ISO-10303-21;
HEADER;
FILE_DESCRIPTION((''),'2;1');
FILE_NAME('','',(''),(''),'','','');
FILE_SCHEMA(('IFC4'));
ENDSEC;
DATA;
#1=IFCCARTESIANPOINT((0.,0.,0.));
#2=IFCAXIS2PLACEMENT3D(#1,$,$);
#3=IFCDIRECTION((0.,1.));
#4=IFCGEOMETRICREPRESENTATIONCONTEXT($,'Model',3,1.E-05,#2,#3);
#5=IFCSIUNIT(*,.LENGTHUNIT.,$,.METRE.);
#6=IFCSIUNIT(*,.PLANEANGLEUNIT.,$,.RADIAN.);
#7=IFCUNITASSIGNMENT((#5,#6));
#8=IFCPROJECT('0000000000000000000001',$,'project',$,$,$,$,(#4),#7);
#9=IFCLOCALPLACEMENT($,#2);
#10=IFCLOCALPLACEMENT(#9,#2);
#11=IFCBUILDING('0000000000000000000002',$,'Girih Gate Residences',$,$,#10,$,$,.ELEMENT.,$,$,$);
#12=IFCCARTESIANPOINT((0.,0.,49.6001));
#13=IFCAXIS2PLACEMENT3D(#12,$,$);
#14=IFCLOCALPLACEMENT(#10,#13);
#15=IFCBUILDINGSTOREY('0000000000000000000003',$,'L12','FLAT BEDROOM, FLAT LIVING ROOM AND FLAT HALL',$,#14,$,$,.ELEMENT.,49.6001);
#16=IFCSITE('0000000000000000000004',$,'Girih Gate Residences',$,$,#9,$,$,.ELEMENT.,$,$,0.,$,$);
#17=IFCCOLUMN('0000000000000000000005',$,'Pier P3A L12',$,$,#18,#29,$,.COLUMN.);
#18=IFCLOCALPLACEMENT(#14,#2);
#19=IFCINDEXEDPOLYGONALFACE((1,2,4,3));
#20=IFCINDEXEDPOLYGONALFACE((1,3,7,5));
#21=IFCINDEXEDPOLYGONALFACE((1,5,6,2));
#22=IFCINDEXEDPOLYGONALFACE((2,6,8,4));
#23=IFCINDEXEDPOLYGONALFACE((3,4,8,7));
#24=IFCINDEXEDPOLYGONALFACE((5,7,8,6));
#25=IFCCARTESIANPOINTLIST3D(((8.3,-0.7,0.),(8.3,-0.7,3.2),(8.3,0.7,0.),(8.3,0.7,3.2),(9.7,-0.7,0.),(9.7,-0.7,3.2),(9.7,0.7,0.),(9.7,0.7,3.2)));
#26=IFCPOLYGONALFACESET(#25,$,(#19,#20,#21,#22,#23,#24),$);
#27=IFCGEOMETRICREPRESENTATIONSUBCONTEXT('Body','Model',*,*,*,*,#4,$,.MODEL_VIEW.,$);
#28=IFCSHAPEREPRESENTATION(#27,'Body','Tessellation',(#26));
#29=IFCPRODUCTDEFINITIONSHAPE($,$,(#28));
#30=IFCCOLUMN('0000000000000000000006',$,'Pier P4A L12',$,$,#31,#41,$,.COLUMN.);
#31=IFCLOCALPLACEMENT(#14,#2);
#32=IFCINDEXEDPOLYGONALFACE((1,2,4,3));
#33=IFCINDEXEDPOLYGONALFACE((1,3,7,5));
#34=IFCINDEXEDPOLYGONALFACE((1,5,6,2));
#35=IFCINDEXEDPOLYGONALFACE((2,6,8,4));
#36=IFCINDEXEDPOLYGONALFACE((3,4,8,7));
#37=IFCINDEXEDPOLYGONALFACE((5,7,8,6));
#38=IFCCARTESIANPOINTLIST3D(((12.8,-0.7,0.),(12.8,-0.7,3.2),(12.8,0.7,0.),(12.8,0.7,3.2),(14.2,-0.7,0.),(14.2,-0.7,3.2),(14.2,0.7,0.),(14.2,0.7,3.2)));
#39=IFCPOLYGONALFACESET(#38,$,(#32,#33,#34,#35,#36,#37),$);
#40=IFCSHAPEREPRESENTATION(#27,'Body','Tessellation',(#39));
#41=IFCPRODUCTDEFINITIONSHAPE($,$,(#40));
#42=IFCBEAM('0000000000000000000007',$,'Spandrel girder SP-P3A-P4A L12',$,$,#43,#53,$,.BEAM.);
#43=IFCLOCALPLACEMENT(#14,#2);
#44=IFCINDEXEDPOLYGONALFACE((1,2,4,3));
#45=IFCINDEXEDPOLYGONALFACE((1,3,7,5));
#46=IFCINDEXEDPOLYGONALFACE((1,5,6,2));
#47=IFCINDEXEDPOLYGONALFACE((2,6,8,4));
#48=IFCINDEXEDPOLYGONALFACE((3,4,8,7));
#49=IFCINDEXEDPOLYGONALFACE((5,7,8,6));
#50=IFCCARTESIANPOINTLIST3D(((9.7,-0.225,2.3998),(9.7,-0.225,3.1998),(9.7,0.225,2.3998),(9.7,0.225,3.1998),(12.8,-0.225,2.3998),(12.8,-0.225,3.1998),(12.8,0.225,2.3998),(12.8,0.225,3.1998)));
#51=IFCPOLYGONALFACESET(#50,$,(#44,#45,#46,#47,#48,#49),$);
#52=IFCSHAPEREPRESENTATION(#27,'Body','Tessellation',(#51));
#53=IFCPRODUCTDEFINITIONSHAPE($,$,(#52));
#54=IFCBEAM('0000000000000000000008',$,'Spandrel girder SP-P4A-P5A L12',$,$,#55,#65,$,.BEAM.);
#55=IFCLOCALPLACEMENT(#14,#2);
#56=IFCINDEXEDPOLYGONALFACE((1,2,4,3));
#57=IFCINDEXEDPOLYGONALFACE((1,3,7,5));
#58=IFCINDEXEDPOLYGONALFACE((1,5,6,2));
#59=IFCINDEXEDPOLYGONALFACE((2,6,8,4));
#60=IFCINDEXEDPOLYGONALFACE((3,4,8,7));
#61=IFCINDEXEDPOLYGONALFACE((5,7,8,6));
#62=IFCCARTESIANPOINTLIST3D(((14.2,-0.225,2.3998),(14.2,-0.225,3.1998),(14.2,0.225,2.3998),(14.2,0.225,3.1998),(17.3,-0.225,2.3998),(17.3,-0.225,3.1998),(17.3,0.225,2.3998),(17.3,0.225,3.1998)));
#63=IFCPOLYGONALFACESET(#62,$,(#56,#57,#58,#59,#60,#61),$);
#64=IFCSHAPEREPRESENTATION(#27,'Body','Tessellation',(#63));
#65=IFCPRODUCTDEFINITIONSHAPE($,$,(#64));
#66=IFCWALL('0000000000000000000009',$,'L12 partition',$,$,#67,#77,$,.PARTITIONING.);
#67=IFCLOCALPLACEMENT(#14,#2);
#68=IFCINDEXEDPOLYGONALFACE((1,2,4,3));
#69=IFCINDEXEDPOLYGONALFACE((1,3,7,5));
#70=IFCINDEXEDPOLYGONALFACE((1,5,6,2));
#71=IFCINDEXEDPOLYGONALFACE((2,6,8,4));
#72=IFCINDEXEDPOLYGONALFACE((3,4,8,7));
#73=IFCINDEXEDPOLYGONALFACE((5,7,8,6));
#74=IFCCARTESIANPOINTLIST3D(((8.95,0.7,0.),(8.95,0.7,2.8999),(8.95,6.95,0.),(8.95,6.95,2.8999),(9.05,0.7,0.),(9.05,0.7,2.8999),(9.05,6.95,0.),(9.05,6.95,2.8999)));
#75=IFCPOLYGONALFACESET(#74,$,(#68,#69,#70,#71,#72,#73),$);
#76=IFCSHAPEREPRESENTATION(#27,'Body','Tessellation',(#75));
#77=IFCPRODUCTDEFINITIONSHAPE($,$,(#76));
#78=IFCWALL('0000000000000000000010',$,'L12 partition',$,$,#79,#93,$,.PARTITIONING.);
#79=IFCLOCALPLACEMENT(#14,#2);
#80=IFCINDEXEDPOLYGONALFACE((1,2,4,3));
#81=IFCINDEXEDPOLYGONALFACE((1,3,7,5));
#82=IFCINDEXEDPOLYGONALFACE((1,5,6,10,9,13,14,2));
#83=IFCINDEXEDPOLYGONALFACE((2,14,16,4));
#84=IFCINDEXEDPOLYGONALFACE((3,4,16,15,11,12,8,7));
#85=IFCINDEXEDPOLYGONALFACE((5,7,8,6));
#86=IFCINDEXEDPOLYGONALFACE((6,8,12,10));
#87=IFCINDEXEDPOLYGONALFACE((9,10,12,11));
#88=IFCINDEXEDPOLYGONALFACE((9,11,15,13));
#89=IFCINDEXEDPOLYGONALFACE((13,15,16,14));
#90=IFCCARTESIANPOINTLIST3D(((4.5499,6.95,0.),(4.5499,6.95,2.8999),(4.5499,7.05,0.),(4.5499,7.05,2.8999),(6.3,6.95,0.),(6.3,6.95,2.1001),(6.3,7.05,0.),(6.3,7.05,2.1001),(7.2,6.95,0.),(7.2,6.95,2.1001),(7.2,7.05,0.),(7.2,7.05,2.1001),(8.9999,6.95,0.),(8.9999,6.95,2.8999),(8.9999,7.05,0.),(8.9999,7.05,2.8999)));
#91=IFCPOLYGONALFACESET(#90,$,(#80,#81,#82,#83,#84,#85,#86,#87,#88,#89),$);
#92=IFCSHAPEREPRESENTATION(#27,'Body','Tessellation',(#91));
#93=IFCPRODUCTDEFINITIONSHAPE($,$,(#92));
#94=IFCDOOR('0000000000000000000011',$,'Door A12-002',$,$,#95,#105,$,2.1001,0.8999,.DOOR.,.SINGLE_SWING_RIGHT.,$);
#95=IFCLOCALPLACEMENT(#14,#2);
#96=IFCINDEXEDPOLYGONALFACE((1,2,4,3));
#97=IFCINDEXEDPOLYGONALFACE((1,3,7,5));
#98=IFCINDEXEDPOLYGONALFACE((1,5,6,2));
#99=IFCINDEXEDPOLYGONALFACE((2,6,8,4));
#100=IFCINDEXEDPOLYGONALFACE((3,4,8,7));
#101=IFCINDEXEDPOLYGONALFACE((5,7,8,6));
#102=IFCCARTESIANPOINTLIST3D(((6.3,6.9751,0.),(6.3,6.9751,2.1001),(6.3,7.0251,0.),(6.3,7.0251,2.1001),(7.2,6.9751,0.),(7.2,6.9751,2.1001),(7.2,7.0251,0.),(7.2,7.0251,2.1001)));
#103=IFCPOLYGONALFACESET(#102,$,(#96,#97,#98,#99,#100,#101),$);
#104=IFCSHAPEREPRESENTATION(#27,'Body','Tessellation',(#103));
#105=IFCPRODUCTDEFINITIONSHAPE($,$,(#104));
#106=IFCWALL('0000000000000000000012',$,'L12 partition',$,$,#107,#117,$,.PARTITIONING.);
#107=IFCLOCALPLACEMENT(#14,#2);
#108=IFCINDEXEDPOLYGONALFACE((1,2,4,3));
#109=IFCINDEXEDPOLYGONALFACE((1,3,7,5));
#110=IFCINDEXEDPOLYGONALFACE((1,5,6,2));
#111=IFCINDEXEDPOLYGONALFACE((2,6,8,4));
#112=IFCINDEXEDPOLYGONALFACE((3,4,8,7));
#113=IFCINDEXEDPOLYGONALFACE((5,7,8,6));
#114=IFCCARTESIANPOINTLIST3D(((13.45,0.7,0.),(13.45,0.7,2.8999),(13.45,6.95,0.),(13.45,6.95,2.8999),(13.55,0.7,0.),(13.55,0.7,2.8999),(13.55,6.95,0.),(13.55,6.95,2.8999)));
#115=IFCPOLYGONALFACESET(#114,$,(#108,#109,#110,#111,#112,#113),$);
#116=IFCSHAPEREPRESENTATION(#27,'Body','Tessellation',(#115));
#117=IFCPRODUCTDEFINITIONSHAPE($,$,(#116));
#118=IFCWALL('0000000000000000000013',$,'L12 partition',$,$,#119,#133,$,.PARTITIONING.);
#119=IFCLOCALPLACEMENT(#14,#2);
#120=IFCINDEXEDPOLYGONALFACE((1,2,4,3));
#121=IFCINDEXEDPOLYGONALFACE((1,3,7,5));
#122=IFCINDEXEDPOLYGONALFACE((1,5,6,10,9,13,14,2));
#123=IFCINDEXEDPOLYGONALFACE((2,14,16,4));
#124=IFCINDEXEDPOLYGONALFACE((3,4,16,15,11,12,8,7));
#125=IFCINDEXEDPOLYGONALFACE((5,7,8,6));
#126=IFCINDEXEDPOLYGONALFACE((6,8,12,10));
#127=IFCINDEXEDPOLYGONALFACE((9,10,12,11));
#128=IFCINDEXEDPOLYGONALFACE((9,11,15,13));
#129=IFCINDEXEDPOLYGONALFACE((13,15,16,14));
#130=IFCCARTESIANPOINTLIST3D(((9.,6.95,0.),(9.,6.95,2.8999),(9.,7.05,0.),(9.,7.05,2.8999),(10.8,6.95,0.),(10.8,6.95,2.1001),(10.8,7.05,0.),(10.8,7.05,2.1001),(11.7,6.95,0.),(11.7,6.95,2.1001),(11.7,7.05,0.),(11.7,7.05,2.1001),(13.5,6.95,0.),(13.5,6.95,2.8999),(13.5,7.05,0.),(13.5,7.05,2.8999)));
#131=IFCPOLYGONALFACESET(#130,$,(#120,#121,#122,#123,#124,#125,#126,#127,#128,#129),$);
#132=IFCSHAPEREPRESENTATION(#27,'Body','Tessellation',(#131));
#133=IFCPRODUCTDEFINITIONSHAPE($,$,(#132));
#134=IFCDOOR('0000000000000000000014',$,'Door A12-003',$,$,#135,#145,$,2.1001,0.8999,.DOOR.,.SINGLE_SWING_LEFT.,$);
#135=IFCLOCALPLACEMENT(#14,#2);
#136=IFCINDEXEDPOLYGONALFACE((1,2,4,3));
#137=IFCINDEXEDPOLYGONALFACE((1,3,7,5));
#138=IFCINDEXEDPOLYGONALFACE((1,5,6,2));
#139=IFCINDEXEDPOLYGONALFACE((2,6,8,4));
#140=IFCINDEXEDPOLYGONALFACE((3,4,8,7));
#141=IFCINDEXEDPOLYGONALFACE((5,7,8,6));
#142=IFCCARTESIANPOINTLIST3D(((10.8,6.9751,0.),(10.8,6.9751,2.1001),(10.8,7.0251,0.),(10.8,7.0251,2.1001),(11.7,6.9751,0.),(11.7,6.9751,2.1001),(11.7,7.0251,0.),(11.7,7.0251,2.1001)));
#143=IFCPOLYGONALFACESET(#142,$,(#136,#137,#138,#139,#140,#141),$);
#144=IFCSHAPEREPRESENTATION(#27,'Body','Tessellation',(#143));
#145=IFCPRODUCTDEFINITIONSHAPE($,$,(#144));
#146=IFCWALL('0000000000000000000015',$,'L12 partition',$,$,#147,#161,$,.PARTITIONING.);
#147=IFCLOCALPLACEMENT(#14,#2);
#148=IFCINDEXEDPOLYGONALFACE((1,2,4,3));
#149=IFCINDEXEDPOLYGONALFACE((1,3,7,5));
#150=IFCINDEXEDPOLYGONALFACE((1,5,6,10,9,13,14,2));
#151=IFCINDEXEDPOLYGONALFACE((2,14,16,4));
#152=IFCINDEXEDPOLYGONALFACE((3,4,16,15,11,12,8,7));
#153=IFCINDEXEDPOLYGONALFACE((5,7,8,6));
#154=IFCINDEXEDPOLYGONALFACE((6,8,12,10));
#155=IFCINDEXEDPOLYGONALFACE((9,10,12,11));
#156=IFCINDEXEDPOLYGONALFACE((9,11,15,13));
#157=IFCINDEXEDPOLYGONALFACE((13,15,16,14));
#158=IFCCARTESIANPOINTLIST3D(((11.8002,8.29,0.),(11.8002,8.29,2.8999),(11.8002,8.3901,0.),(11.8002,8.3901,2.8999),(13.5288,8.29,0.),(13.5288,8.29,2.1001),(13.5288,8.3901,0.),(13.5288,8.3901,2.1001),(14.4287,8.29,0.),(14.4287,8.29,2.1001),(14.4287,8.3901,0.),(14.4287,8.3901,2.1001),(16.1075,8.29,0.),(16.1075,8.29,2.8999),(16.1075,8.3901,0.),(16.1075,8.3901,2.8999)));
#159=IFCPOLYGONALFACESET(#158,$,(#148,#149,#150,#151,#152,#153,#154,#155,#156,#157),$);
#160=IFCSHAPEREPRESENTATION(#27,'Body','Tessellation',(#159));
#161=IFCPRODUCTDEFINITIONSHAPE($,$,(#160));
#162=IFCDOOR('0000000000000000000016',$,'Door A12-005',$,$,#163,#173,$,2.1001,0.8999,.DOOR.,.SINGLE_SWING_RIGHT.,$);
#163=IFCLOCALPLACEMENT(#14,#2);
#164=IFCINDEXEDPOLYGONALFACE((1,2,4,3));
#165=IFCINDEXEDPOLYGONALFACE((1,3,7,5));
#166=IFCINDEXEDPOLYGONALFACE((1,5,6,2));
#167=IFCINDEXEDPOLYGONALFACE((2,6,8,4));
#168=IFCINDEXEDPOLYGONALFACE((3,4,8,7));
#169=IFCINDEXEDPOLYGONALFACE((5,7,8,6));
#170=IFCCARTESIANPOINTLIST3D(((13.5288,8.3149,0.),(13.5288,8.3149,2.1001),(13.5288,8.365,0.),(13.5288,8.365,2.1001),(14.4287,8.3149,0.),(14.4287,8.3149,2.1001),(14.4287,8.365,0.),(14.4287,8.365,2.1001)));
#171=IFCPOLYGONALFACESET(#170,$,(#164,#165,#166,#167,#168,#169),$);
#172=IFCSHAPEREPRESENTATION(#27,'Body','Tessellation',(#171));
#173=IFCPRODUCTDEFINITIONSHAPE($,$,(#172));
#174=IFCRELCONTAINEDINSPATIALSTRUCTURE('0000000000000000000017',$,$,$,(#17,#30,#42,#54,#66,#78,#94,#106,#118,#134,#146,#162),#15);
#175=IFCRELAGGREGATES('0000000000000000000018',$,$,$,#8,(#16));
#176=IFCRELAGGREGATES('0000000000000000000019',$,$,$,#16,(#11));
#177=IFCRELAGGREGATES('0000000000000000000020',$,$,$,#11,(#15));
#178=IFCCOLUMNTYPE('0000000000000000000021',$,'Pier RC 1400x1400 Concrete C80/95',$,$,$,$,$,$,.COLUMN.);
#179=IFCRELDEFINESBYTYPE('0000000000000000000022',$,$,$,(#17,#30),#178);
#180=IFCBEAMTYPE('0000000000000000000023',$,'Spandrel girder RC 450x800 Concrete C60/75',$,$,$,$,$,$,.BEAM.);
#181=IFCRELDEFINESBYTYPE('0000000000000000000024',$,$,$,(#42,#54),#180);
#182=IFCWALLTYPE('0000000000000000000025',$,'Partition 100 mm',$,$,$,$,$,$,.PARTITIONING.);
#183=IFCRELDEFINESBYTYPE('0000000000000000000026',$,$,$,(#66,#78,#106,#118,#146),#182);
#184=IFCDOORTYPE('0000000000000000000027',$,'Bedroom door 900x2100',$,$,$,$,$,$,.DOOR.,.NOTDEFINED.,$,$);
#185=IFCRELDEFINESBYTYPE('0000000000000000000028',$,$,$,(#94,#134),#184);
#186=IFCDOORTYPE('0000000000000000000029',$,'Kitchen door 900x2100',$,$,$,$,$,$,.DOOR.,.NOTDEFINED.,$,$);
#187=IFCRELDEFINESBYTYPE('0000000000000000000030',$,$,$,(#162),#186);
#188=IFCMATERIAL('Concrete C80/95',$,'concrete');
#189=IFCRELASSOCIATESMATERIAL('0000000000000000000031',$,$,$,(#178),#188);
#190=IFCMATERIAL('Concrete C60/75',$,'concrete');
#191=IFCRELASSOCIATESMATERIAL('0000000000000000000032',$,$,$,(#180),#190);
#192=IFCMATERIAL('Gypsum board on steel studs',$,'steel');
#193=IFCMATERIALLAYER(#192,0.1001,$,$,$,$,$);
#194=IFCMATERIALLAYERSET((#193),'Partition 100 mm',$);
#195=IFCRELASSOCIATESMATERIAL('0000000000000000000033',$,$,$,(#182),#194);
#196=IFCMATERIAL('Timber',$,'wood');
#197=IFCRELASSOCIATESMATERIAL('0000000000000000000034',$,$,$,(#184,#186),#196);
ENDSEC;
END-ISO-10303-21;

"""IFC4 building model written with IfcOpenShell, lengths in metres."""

from ifc_helpers import new_model, si_unit, direction, frame, frame_2d, origin, origin_2d, place, context, subcontext, project, spatial, rectangle, extrude, material, layer, layer_set, material_profile, profile_set, type_object, element, fill, save


model = new_model("IFC4")

# Units and contexts
model_context = context("Model", 3, precision=1e-05, world=origin(), true_north=direction((0.0, 1.0)))
body_context = subcontext(model_context, "Body", "Model", "MODEL_VIEW")
ifc_project = project(units=[si_unit("LENGTHUNIT", "METRE"), si_unit("PLANEANGLEUNIT", "RADIAN")], contexts=[model_context])

# Site, building, storey
site_placement = place(None, origin())
site = spatial("IfcSite", under=ifc_project, at=site_placement, Name="Girih Gate Residences", CompositionType="ELEMENT", RefElevation=0.0)
building_placement = place(site_placement, origin())
building = spatial("IfcBuilding", under=site, at=building_placement, Name="Girih Gate Residences", CompositionType="ELEMENT")
storey_placement = place(building_placement, frame((0.0, 0.0, 49.6001)))
storey = spatial("IfcBuildingStorey", under=building, at=storey_placement, Name="L12", Description="FLAT BEDROOM, FLAT LIVING ROOM AND FLAT HALL", CompositionType="ELEMENT", Elevation=49.6001)

# Columns
ifc_material_1 = material(Name="Concrete C80/95", Category="concrete")
ifc_material_profile_1 = material_profile(ifc_material_1, rectangle(XDim=1.3999, YDim=1.3999, at=origin_2d()))
ifc_profile_set_1 = profile_set([ifc_material_profile_1], Name="Concrete C80/95")
column_type = type_object("IfcColumnType", Name="Pier RC 1400x1400 Concrete C80/95", PredefinedType="COLUMN", material=ifc_profile_set_1)
for number, where, z_axis, x_axis, name in (
    (1, (9.0, 0.0, 0.0), (0.0, 0.0, 1.0), (1.0, 0.0, 0.0), "Pier P3A L12"),
    (2, (13.5, 0.0, 0.0), (0.0, 0.0, 1.0), (1.0, 0.0, 0.0), "Pier P4A L12"),
):
    element("IfcColumn", number, at=place(storey_placement, frame(where, z_axis=z_axis, x_axis=x_axis)), inside=storey, type_object=column_type, Name=name, PredefinedType="COLUMN", context=body_context, shape_type="SweptSolid", body=[
        extrude(rectangle(XDim=1.3999, YDim=1.3999, at=origin_2d()), origin(), (0.0, 0.0, 1.0), 3.2),
    ])

# Beams
ifc_material_2 = material(Name="Concrete C60/75", Category="concrete")
ifc_material_profile_2 = material_profile(ifc_material_2, rectangle(XDim=0.45, YDim=0.8, at=origin_2d()))
ifc_profile_set_2 = profile_set([ifc_material_profile_2], Name="Concrete C60/75")
beam_type = type_object("IfcBeamType", Name="Spandrel girder RC 450x800 Concrete C60/75", PredefinedType="BEAM", material=ifc_profile_set_2)
for number, where, z_axis, x_axis, name in (
    (3, (9.7, 0.0, 2.7998), (1.0, 0.0, 0.0), (0.0, 1.0, 0.0), "Spandrel girder SP-P3A-P4A L12"),
    (4, (14.2, 0.0, 2.7998), (1.0, 0.0, 0.0), (0.0, 1.0, 0.0), "Spandrel girder SP-P4A-P5A L12"),
):
    element("IfcBeam", number, at=place(storey_placement, frame(where, z_axis=z_axis, x_axis=x_axis)), inside=storey, type_object=beam_type, Name=name, PredefinedType="BEAM", context=body_context, shape_type="SweptSolid", body=[
        extrude(rectangle(XDim=0.45, YDim=0.8, at=origin_2d()), origin(), (0.0, 0.0, 1.0), 3.1001),
    ])

# Wall
ifc_material_3 = material(Name="Gypsum board on steel studs", Category="steel")
ifc_layer_1 = layer(ifc_material_3, 0.1001)
ifc_layer_set_1 = layer_set([ifc_layer_1], Name="Partition 100 mm")
wall_type_1 = type_object("IfcWallType", Name="Partition 100 mm", PredefinedType="PARTITIONING", material=ifc_layer_set_1)
wall_1_placement = place(storey_placement, frame((9.0, 0.7, 0.0), z_axis=(0.0, 0.0, 1.0), x_axis=(0.0, 1.0, 0.0)))
element("IfcWall", 5, at=wall_1_placement, inside=storey, type_object=wall_type_1, Name="L12 partition", PredefinedType="PARTITIONING", context=body_context, shape_type="SweptSolid", body=[
    extrude(rectangle(XDim=6.25, YDim=0.1001, at=frame_2d((3.125, 0.0))), origin(), (0.0, 0.0, 1.0), 2.8999),
])

# Wall, opening, door
wall_2_placement = place(storey_placement, frame((9.0, 7.0, 0.0), z_axis=(0.0, 0.0, 1.0), x_axis=(-1.0, 0.0, 0.0)))
wall_2 = element("IfcWall", 6, at=wall_2_placement, inside=storey, type_object=wall_type_1, Name="L12 partition", PredefinedType="PARTITIONING", context=body_context, shape_type="SweptSolid", body=[
    extrude(rectangle(XDim=4.45, YDim=0.1001, at=frame_2d((2.2251, 0.0))), origin(), (0.0, 0.0, 1.0), 2.8999),
])
opening_1_placement = place(wall_2_placement, frame((1.8, 0.0, 0.0)))
opening_1 = element("IfcOpeningElement", 7, at=opening_1_placement, cuts=wall_2, PredefinedType="OPENING", context=body_context, shape_type="SweptSolid", body=[
    extrude(rectangle(XDim=0.8999, YDim=2.1001, at=frame_2d((0.45, 1.05))), frame((0.0, 0.0601, 0.0), z_axis=(0.0, -1.0, 0.0), x_axis=(1.0, 0.0, 0.0)), (0.0, 0.0, 1.0), 0.1201),
])
ifc_material_4 = material(Name="Timber", Category="wood")
door_type_1 = type_object("IfcDoorType", Name="Bedroom door 900x2100", OperationType="NOTDEFINED", PredefinedType="DOOR", material=ifc_material_4)
door_1_placement = place(opening_1_placement, origin())
door_1 = element("IfcDoor", 8, at=door_1_placement, inside=storey, type_object=door_type_1, Name="Door A12-002", OperationType="SINGLE_SWING_RIGHT", OverallHeight=2.1001, OverallWidth=0.8999, PredefinedType="DOOR", context=body_context, shape_type="SweptSolid", body=[
    extrude(rectangle(XDim=0.8999, YDim=2.1001, at=frame_2d((0.45, 1.05))), frame((0.0, 0.0249, 0.0), z_axis=(0.0, -1.0, 0.0), x_axis=(1.0, 0.0, 0.0)), (0.0, 0.0, 1.0), 0.05),
])
fill(opening_1, door_1)

# Wall
wall_3_placement = place(storey_placement, frame((13.5, 0.7, 0.0), z_axis=(0.0, 0.0, 1.0), x_axis=(0.0, 1.0, 0.0)))
element("IfcWall", 9, at=wall_3_placement, inside=storey, type_object=wall_type_1, Name="L12 partition", PredefinedType="PARTITIONING", context=body_context, shape_type="SweptSolid", body=[
    extrude(rectangle(XDim=6.25, YDim=0.1001, at=frame_2d((3.125, 0.0))), origin(), (0.0, 0.0, 1.0), 2.8999),
])

# Walls, openings, doors
wall_4_placement = place(storey_placement, frame((13.5, 7.0, 0.0), z_axis=(0.0, 0.0, 1.0), x_axis=(-1.0, 0.0, 0.0)))
wall_4 = element("IfcWall", 10, at=wall_4_placement, inside=storey, type_object=wall_type_1, Name="L12 partition", PredefinedType="PARTITIONING", context=body_context, shape_type="SweptSolid", body=[
    extrude(rectangle(XDim=4.5, YDim=0.1001, at=frame_2d((2.25, 0.0))), origin(), (0.0, 0.0, 1.0), 2.8999),
])
opening_2_placement = place(wall_4_placement, frame((1.8, 0.0, 0.0)))
opening_2 = element("IfcOpeningElement", 11, at=opening_2_placement, cuts=wall_4, PredefinedType="OPENING", context=body_context, shape_type="SweptSolid", body=[
    extrude(rectangle(XDim=0.8999, YDim=2.1001, at=frame_2d((0.45, 1.05))), frame((0.0, 0.0601, 0.0), z_axis=(0.0, -1.0, 0.0), x_axis=(1.0, 0.0, 0.0)), (0.0, 0.0, 1.0), 0.1201),
])
door_2_placement = place(opening_2_placement, origin())
door_2 = element("IfcDoor", 12, at=door_2_placement, inside=storey, type_object=door_type_1, Name="Door A12-003", OperationType="SINGLE_SWING_LEFT", OverallHeight=2.1001, OverallWidth=0.8999, PredefinedType="DOOR", context=body_context, shape_type="SweptSolid", body=[
    extrude(rectangle(XDim=0.8999, YDim=2.1001, at=frame_2d((0.45, 1.05))), frame((0.0, 0.0249, 0.0), z_axis=(0.0, -1.0, 0.0), x_axis=(1.0, 0.0, 0.0)), (0.0, 0.0, 1.0), 0.05),
])
fill(opening_2, door_2)
wall_5_placement = place(storey_placement, frame((11.8, 8.3401, 0.0), z_axis=(0.0, 0.0, 1.0), x_axis=(1.0, 0.0, 0.0)))
wall_5 = element("IfcWall", 13, at=wall_5_placement, inside=storey, type_object=wall_type_1, Name="L12 partition", PredefinedType="PARTITIONING", context=body_context, shape_type="SweptSolid", body=[
    extrude(rectangle(XDim=4.3074, YDim=0.1001, at=frame_2d((2.1538, 0.0))), origin(), (0.0, 0.0, 1.0), 2.8999),
])
opening_3_placement = place(wall_5_placement, frame((1.7288, 0.0, 0.0)))
opening_3 = element("IfcOpeningElement", 14, at=opening_3_placement, cuts=wall_5, PredefinedType="OPENING", context=body_context, shape_type="SweptSolid", body=[
    extrude(rectangle(XDim=0.8999, YDim=2.1001, at=frame_2d((0.45, 1.05))), frame((0.0, 0.0601, 0.0), z_axis=(0.0, -1.0, 0.0), x_axis=(1.0, 0.0, 0.0)), (0.0, 0.0, 1.0), 0.1201),
])
door_type_2 = type_object("IfcDoorType", Name="Kitchen door 900x2100", OperationType="NOTDEFINED", PredefinedType="DOOR", material=ifc_material_4)
door_3_placement = place(opening_3_placement, origin())
door_3 = element("IfcDoor", 15, at=door_3_placement, inside=storey, type_object=door_type_2, Name="Door A12-005", OperationType="SINGLE_SWING_RIGHT", OverallHeight=2.1001, OverallWidth=0.8999, PredefinedType="DOOR", context=body_context, shape_type="SweptSolid", body=[
    extrude(rectangle(XDim=0.8999, YDim=2.1001, at=frame_2d((0.45, 1.05))), frame((0.0, 0.0249, 0.0), z_axis=(0.0, -1.0, 0.0), x_axis=(1.0, 0.0, 0.0)), (0.0, 0.0, 1.0), 0.05),
])
fill(opening_3, door_3)

save(model, "model.ifc")
